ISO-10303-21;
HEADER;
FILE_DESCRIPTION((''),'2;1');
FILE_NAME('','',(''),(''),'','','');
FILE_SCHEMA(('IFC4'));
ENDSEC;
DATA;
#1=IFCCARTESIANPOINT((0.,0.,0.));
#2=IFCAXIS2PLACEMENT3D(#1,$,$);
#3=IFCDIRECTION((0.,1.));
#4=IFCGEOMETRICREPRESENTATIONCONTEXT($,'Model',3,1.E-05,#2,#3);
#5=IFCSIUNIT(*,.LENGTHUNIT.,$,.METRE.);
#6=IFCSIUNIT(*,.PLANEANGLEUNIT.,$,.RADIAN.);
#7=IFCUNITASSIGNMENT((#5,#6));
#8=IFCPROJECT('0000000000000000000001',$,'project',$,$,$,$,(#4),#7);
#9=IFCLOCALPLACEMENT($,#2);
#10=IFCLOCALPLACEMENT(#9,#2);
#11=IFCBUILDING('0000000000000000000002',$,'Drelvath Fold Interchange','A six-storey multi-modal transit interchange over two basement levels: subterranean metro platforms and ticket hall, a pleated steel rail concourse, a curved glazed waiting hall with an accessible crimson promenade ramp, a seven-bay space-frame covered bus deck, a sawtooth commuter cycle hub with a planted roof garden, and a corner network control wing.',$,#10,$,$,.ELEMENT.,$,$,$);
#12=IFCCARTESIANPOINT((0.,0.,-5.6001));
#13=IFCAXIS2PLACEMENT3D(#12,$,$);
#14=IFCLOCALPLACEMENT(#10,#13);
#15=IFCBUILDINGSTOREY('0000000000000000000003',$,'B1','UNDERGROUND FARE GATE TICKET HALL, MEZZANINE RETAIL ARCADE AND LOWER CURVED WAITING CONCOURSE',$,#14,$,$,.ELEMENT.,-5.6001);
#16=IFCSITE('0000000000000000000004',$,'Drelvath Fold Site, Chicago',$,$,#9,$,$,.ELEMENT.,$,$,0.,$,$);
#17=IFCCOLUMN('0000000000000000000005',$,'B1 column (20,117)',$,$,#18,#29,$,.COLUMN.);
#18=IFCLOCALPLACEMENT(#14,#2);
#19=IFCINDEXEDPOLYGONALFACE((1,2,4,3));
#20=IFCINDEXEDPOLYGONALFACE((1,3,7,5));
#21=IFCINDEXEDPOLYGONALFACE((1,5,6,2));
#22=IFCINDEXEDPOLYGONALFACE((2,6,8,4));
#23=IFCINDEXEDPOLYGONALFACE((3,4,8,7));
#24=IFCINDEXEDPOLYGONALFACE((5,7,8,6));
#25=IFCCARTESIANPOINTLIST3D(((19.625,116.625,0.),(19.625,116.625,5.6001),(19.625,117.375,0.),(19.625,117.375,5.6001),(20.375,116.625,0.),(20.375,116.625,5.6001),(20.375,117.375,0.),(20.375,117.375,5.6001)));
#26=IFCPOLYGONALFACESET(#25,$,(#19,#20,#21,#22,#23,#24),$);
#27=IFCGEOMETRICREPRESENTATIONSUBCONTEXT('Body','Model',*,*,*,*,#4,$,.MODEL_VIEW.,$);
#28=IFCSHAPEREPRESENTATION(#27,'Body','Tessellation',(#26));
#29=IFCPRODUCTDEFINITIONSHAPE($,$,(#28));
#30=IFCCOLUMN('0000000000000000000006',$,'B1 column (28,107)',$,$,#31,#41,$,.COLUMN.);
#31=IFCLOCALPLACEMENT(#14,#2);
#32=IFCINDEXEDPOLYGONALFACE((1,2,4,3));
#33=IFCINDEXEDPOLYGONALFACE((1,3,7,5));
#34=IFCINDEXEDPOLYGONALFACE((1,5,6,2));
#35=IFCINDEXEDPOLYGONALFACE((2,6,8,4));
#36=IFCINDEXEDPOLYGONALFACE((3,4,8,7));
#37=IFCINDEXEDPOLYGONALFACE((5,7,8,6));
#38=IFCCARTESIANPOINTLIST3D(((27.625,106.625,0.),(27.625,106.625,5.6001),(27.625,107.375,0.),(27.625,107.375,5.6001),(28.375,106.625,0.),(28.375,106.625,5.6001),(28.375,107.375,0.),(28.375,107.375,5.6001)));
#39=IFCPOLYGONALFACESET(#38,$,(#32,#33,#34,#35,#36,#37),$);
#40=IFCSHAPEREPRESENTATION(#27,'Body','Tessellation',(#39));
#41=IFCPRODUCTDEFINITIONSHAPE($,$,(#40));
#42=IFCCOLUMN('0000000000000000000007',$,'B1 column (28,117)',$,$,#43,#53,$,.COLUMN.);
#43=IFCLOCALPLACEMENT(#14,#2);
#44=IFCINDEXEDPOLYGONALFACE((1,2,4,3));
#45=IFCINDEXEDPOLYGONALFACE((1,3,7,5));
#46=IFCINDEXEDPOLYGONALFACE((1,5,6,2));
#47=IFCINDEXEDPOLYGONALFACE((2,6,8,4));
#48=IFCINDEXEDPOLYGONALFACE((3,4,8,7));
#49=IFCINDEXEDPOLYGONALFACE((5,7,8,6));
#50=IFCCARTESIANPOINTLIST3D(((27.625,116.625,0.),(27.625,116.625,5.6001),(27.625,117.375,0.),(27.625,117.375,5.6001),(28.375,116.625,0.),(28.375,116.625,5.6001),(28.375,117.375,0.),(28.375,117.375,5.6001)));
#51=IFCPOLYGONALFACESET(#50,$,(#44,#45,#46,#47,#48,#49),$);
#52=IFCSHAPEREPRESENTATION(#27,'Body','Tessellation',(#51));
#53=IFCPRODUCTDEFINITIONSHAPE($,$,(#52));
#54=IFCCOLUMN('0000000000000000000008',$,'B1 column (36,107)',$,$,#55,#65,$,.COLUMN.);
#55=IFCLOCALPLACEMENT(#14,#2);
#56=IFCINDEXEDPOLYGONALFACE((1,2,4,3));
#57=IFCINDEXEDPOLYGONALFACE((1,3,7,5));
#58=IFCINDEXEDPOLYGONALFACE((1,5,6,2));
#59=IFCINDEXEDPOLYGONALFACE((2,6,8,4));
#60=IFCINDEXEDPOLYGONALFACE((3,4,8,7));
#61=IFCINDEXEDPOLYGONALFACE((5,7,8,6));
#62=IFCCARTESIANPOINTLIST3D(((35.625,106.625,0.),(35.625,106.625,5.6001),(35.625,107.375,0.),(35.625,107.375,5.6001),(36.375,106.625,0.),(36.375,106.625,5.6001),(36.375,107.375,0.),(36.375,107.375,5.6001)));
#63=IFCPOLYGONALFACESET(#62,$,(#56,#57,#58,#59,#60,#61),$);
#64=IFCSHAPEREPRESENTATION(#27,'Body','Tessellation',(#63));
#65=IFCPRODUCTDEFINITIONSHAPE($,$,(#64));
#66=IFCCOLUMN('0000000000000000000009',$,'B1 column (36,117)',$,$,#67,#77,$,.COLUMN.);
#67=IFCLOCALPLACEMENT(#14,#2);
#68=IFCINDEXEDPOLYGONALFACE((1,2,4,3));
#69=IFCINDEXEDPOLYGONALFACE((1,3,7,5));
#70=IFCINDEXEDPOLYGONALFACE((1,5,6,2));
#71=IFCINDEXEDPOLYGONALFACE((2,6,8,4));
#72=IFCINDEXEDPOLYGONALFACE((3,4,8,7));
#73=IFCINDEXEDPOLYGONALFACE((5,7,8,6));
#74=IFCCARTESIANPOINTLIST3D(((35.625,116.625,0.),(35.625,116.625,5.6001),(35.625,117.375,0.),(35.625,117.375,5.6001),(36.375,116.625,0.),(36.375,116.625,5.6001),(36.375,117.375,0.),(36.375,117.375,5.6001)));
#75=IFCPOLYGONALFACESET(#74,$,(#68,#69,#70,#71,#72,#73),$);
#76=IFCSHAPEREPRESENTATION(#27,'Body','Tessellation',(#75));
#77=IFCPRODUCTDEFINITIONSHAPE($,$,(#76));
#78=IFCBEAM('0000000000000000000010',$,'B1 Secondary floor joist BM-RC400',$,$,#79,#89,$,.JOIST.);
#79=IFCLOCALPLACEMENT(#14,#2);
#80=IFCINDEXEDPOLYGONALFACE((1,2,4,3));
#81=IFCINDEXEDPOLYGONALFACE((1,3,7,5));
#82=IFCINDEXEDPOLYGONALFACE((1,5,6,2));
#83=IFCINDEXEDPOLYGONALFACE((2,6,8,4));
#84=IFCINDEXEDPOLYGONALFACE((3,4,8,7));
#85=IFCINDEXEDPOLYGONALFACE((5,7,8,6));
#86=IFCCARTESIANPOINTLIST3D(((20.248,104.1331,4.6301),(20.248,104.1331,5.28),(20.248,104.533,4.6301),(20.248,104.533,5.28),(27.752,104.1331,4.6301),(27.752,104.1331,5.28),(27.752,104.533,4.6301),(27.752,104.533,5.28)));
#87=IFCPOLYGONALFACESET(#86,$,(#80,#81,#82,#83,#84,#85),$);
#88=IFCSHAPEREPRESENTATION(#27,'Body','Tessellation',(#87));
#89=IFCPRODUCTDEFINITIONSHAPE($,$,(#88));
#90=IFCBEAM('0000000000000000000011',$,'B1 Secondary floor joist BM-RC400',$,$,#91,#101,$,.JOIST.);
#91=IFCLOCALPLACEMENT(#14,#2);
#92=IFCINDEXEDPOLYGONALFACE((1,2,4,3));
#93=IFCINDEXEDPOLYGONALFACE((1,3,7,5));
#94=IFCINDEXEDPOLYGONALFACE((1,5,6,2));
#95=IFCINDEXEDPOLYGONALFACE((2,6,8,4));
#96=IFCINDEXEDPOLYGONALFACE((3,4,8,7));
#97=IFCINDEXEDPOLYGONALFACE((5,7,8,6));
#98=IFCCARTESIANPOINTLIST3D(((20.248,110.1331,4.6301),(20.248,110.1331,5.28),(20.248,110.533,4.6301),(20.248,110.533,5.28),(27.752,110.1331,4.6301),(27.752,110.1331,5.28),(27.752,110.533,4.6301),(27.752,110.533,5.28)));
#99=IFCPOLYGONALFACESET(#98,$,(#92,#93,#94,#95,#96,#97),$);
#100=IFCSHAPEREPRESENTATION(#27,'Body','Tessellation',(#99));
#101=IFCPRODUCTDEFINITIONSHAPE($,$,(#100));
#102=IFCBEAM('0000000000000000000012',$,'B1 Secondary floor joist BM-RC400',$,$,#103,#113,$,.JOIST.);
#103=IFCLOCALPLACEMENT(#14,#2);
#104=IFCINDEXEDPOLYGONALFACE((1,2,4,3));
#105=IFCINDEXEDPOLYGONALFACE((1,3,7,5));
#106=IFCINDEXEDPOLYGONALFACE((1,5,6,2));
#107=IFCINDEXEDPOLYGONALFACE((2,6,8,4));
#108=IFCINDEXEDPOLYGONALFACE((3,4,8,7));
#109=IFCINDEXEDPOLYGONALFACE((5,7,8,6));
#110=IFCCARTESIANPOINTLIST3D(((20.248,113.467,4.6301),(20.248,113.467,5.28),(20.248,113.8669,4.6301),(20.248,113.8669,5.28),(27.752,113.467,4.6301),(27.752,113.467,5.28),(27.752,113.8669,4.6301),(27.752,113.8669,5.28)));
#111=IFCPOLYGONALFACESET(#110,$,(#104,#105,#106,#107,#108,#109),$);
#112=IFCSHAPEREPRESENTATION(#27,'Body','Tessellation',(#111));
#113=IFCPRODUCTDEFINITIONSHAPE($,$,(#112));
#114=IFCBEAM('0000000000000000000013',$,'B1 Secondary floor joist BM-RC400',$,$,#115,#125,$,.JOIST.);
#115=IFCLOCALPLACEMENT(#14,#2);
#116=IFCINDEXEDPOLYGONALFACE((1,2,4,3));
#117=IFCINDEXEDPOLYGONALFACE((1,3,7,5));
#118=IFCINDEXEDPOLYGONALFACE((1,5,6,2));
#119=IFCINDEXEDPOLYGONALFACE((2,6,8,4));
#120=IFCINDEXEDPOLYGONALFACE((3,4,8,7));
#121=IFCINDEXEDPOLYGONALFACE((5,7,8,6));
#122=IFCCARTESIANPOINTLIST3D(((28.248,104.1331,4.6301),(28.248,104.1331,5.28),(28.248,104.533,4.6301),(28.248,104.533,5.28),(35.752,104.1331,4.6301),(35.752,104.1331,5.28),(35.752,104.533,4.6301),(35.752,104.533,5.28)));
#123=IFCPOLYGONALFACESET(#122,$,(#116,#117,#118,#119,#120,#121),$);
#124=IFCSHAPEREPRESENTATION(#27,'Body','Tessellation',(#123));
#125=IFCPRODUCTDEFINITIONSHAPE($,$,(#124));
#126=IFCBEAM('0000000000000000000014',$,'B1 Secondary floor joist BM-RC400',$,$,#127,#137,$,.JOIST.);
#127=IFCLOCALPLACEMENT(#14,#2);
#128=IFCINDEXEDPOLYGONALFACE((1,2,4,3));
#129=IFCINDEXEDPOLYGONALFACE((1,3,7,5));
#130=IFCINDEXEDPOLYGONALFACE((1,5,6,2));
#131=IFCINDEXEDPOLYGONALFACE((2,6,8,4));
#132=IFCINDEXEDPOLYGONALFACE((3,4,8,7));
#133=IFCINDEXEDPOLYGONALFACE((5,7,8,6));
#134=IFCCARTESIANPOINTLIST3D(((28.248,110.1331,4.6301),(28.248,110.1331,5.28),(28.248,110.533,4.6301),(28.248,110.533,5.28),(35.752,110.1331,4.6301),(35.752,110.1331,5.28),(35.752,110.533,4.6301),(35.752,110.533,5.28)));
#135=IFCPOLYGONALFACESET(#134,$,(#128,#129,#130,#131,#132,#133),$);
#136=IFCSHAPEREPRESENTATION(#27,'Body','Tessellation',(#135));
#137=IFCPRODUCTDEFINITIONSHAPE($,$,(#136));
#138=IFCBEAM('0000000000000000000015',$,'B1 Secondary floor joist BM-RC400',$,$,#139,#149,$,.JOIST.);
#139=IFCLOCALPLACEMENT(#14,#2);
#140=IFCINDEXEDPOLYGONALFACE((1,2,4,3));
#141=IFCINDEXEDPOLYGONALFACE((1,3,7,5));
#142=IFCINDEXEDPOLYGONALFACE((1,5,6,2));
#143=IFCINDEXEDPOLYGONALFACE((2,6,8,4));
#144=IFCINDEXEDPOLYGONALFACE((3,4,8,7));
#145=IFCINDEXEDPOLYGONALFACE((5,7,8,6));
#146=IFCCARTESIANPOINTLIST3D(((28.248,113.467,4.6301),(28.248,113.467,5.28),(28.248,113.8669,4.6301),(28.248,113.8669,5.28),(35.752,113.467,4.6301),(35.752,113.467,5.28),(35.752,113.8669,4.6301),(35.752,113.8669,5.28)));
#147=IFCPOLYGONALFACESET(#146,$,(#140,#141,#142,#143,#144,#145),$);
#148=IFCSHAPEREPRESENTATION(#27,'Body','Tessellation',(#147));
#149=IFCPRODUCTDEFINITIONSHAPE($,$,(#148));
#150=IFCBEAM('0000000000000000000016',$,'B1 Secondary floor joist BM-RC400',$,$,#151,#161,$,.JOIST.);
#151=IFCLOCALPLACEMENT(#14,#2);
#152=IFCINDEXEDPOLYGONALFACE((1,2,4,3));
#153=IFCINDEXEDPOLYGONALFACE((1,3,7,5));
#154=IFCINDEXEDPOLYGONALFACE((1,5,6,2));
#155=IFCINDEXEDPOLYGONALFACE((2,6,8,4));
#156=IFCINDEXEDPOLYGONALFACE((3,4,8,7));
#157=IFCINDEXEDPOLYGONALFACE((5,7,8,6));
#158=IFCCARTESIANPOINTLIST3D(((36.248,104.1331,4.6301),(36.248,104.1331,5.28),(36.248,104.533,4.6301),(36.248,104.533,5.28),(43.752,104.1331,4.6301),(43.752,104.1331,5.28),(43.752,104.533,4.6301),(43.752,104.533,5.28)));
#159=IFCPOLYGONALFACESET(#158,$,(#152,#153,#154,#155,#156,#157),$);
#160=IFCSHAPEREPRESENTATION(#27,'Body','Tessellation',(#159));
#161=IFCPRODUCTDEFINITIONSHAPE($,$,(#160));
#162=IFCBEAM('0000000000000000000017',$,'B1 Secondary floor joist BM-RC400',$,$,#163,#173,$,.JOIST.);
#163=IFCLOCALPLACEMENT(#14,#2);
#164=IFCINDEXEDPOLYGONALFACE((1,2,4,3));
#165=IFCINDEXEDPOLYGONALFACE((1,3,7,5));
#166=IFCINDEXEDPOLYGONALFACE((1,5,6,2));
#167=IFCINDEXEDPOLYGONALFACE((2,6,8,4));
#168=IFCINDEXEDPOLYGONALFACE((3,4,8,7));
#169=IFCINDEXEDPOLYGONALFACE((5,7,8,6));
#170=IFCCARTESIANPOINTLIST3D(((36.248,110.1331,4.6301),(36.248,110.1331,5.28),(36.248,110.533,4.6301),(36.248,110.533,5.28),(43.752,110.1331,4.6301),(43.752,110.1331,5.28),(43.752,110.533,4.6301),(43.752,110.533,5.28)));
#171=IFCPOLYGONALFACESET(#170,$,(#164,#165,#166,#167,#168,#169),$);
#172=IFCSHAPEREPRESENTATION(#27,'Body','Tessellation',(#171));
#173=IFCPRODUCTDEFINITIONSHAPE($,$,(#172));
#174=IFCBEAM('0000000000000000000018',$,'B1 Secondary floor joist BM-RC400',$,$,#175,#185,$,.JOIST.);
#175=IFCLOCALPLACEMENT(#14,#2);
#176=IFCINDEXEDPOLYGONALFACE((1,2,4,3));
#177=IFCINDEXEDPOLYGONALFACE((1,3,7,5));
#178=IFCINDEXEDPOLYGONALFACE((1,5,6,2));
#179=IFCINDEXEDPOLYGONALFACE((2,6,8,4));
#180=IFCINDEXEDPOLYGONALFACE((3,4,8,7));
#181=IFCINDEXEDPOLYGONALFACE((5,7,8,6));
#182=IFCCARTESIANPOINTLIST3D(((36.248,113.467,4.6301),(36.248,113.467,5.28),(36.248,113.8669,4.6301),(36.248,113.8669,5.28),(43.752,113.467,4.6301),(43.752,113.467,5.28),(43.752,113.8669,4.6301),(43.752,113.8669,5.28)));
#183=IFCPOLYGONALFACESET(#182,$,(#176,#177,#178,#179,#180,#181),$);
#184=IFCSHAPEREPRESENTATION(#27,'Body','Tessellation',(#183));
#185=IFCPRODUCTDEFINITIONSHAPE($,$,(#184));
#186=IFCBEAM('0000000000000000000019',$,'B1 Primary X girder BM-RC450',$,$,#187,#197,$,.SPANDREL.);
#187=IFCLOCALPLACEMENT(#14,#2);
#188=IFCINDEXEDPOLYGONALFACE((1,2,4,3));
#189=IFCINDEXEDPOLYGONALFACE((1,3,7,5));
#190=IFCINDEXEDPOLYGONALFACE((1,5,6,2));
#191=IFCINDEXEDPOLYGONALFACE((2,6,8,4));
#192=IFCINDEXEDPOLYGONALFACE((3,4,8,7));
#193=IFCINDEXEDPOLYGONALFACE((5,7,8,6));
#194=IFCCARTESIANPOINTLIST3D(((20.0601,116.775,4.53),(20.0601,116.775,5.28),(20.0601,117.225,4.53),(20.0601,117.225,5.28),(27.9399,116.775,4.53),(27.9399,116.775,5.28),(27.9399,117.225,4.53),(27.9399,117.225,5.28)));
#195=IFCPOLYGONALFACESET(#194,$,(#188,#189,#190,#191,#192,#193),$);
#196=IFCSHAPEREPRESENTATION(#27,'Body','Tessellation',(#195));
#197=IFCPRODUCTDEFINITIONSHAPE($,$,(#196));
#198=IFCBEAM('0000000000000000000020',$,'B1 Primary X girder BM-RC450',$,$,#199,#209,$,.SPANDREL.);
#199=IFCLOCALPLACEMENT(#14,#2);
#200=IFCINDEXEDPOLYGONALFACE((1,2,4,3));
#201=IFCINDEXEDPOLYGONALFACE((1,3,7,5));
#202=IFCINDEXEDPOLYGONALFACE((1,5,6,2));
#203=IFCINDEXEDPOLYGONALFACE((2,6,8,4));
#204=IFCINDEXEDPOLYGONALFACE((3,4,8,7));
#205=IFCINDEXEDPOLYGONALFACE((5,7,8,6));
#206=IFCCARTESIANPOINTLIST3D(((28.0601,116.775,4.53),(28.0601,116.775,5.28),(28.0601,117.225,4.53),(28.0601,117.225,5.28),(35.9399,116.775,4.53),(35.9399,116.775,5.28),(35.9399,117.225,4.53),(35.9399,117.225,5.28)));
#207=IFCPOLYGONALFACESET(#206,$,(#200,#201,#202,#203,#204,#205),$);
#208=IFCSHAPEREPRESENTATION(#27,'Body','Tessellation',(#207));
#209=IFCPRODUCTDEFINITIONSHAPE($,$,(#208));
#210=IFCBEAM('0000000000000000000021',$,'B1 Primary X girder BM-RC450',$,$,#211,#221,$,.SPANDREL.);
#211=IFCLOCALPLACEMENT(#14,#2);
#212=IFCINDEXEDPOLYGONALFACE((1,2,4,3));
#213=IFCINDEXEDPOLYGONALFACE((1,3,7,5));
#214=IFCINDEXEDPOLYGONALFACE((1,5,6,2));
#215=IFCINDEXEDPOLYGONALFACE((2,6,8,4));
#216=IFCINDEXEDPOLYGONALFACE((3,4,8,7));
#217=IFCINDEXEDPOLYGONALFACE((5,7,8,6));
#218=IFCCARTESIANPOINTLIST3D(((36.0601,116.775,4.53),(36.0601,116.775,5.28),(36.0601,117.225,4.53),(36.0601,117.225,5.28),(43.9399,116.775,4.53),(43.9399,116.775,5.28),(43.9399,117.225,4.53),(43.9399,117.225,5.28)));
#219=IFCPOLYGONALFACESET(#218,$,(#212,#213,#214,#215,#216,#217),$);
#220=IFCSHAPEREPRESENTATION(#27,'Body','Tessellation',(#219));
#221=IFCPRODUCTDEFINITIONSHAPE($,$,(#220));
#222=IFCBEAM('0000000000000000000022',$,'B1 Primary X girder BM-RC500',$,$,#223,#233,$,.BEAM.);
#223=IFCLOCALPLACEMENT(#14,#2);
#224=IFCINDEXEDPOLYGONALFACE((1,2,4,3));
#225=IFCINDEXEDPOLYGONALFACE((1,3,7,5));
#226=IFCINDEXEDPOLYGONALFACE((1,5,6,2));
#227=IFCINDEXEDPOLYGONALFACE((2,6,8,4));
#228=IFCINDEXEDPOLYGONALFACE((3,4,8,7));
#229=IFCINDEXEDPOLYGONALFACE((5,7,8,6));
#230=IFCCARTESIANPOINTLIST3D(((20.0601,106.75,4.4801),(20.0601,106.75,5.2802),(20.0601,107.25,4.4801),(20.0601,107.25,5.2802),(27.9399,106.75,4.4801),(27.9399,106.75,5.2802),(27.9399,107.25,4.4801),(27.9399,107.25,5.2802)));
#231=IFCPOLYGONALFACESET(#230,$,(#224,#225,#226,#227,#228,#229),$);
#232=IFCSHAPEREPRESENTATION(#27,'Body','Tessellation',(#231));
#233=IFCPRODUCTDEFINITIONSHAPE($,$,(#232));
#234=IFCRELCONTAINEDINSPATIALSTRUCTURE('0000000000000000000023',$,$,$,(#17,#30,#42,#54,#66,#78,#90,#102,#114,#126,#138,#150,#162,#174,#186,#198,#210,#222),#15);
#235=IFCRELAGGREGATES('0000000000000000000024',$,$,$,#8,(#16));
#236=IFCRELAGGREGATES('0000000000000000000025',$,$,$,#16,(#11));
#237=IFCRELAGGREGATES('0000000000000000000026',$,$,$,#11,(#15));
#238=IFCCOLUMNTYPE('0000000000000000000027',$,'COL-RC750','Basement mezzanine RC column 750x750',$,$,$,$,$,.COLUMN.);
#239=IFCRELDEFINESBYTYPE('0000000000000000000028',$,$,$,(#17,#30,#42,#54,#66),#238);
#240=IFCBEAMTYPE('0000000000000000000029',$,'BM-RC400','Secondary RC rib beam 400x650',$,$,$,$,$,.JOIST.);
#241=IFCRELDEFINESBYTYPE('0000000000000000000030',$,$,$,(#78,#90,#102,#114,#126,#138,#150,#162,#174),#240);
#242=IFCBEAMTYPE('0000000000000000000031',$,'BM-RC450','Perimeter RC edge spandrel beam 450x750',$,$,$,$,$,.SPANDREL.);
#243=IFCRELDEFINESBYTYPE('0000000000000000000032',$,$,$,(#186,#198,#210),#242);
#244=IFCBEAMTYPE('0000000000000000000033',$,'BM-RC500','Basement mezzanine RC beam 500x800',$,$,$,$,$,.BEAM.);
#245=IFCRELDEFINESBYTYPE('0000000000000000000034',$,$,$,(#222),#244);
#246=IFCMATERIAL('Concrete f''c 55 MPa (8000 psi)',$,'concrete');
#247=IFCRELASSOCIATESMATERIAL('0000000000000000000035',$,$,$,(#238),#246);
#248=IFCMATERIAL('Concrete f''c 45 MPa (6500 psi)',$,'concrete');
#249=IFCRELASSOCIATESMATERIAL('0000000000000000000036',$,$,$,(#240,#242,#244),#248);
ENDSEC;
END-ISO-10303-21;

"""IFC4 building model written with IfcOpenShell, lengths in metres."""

from ifc_helpers import new_model, si_unit, direction, frame, origin, origin_2d, place, context, subcontext, project, spatial, rectangle, extrude, material, material_profile, profile_set, type_object, element, save


model = new_model("IFC4")

# Units and contexts
model_context = context("Model", 3, precision=1e-05, world=origin(), true_north=direction((0.0, 1.0)))
body_context = subcontext(model_context, "Body", "Model", "MODEL_VIEW")
ifc_project = project(units=[si_unit("LENGTHUNIT", "METRE"), si_unit("PLANEANGLEUNIT", "RADIAN")], contexts=[model_context])

# Site, building, storey
site_placement = place(None, origin())
site = spatial("IfcSite", under=ifc_project, at=site_placement, Name="Drelvath Fold Site, Chicago", CompositionType="ELEMENT", RefElevation=0.0)
building_placement = place(site_placement, origin())
building = spatial("IfcBuilding", under=site, at=building_placement, Name="Drelvath Fold Interchange", Description="A six-storey multi-modal transit interchange over two basement levels: subterranean metro platforms and ticket hall, a pleated steel rail concourse, a curved glazed waiting hall with an accessible crimson promenade ramp, a seven-bay space-frame covered bus deck, a sawtooth commuter cycle hub with a planted roof garden, and a corner network control wing.", CompositionType="ELEMENT")
storey_placement = place(building_placement, frame((0.0, 0.0, -5.6001)))
storey = spatial("IfcBuildingStorey", under=building, at=storey_placement, Name="B1", Description="UNDERGROUND FARE GATE TICKET HALL, MEZZANINE RETAIL ARCADE AND LOWER CURVED WAITING CONCOURSE", CompositionType="ELEMENT", Elevation=-5.6001)

# Columns
ifc_material_1 = material(Name="Concrete f'c 55 MPa (8000 psi)", Category="concrete")
ifc_material_profile_1 = material_profile(ifc_material_1, rectangle(XDim=0.75, YDim=0.75, at=origin_2d()), Name="RC 750x750")
ifc_profile_set_1 = profile_set([ifc_material_profile_1], Name="Concrete f'c 55 MPa (8000 psi)")
column_type = type_object("IfcColumnType", Name="COL-RC750", Description="Basement mezzanine RC column 750x750", PredefinedType="COLUMN", material=ifc_profile_set_1)
for number, where, z_axis, x_axis, name in (
    (1, (20.0, 117.0, 0.0), (0.0, 0.0, 1.0), (1.0, 0.0, 0.0), "B1 column (20,117)"),
    (2, (28.0, 107.0, 0.0), (0.0, 0.0, 1.0), (1.0, 0.0, 0.0), "B1 column (28,107)"),
    (3, (28.0, 117.0, 0.0), (0.0, 0.0, 1.0), (1.0, 0.0, 0.0), "B1 column (28,117)"),
    (4, (36.0, 107.0, 0.0), (0.0, 0.0, 1.0), (1.0, 0.0, 0.0), "B1 column (36,107)"),
    (5, (36.0, 117.0, 0.0), (0.0, 0.0, 1.0), (1.0, 0.0, 0.0), "B1 column (36,117)"),
):
    element("IfcColumn", number, at=place(storey_placement, frame(where, z_axis=z_axis, x_axis=x_axis)), inside=storey, type_object=column_type, Name=name, PredefinedType="COLUMN", context=body_context, shape_type="SweptSolid", body=[
        extrude(rectangle(XDim=0.75, YDim=0.75, at=origin_2d()), origin(), (0.0, 0.0, 1.0), 5.6001),
    ])

# Beams
ifc_material_2 = material(Name="Concrete f'c 45 MPa (6500 psi)", Category="concrete")
ifc_material_profile_2 = material_profile(ifc_material_2, rectangle(XDim=0.3999, YDim=0.6499, at=origin_2d()), Name="RC 400x650")
ifc_profile_set_2 = profile_set([ifc_material_profile_2], Name="Concrete f'c 45 MPa (6500 psi)")
beam_type_1 = type_object("IfcBeamType", Name="BM-RC400", Description="Secondary RC rib beam 400x650", PredefinedType="JOIST", material=ifc_profile_set_2)
for number, where, z_axis, x_axis, name in (
    (6, (20.248, 104.333, 4.9551), (1.0, 0.0, 0.0), (0.0, 1.0, 0.0), "B1 Secondary floor joist BM-RC400"),
    (7, (20.248, 110.333, 4.9551), (1.0, 0.0, 0.0), (0.0, 1.0, 0.0), "B1 Secondary floor joist BM-RC400"),
    (8, (20.248, 113.667, 4.9551), (1.0, 0.0, 0.0), (0.0, 1.0, 0.0), "B1 Secondary floor joist BM-RC400"),
    (9, (28.248, 104.333, 4.9551), (1.0, 0.0, 0.0), (0.0, 1.0, 0.0), "B1 Secondary floor joist BM-RC400"),
    (10, (28.248, 110.333, 4.9551), (1.0, 0.0, 0.0), (0.0, 1.0, 0.0), "B1 Secondary floor joist BM-RC400"),
    (11, (28.248, 113.667, 4.9551), (1.0, 0.0, 0.0), (0.0, 1.0, 0.0), "B1 Secondary floor joist BM-RC400"),
    (12, (36.248, 104.333, 4.9551), (1.0, 0.0, 0.0), (0.0, 1.0, 0.0), "B1 Secondary floor joist BM-RC400"),
    (13, (36.248, 110.333, 4.9551), (1.0, 0.0, 0.0), (0.0, 1.0, 0.0), "B1 Secondary floor joist BM-RC400"),
    (14, (36.248, 113.667, 4.9551), (1.0, 0.0, 0.0), (0.0, 1.0, 0.0), "B1 Secondary floor joist BM-RC400"),
):
    element("IfcBeam", number, at=place(storey_placement, frame(where, z_axis=z_axis, x_axis=x_axis)), inside=storey, type_object=beam_type_1, Name=name, PredefinedType="JOIST", context=body_context, shape_type="SweptSolid", body=[
        extrude(rectangle(XDim=0.3999, YDim=0.6499, at=origin_2d()), origin(), (0.0, 0.0, 1.0), 7.5039),
    ])
ifc_material_profile_3 = material_profile(ifc_material_2, rectangle(XDim=0.45, YDim=0.75, at=origin_2d()), Name="RC 450x750")
ifc_profile_set_3 = profile_set([ifc_material_profile_3], Name="Concrete f'c 45 MPa (6500 psi)")
beam_type_2 = type_object("IfcBeamType", Name="BM-RC450", Description="Perimeter RC edge spandrel beam 450x750", PredefinedType="SPANDREL", material=ifc_profile_set_3)
for number, where, z_axis, x_axis, name in (
    (15, (20.0601, 117.0, 4.905), (1.0, 0.0, 0.0), (0.0, 1.0, 0.0), "B1 Primary X girder BM-RC450"),
    (16, (28.0601, 117.0, 4.905), (1.0, 0.0, 0.0), (0.0, 1.0, 0.0), "B1 Primary X girder BM-RC450"),
    (17, (36.0601, 117.0, 4.905), (1.0, 0.0, 0.0), (0.0, 1.0, 0.0), "B1 Primary X girder BM-RC450"),
):
    element("IfcBeam", number, at=place(storey_placement, frame(where, z_axis=z_axis, x_axis=x_axis)), inside=storey, type_object=beam_type_2, Name=name, PredefinedType="SPANDREL", context=body_context, shape_type="SweptSolid", body=[
        extrude(rectangle(XDim=0.45, YDim=0.75, at=origin_2d()), origin(), (0.0, 0.0, 1.0), 7.8799),
    ])
ifc_material_profile_4 = material_profile(ifc_material_2, rectangle(XDim=0.5, YDim=0.8, at=origin_2d()), Name="RC 500x800")
ifc_profile_set_4 = profile_set([ifc_material_profile_4], Name="Concrete f'c 45 MPa (6500 psi)")
beam_type_3 = type_object("IfcBeamType", Name="BM-RC500", Description="Basement mezzanine RC beam 500x800", PredefinedType="BEAM", material=ifc_profile_set_4)
for number, where, z_axis, x_axis, name in (
    (18, (20.0601, 107.0, 4.8801), (1.0, 0.0, 0.0), (0.0, 1.0, 0.0), "B1 Primary X girder BM-RC500"),
):
    element("IfcBeam", number, at=place(storey_placement, frame(where, z_axis=z_axis, x_axis=x_axis)), inside=storey, type_object=beam_type_3, Name=name, PredefinedType="BEAM", context=body_context, shape_type="SweptSolid", body=[
        extrude(rectangle(XDim=0.5, YDim=0.8, at=origin_2d()), origin(), (0.0, 0.0, 1.0), 7.8799),
    ])

save(model, "model.ifc")
